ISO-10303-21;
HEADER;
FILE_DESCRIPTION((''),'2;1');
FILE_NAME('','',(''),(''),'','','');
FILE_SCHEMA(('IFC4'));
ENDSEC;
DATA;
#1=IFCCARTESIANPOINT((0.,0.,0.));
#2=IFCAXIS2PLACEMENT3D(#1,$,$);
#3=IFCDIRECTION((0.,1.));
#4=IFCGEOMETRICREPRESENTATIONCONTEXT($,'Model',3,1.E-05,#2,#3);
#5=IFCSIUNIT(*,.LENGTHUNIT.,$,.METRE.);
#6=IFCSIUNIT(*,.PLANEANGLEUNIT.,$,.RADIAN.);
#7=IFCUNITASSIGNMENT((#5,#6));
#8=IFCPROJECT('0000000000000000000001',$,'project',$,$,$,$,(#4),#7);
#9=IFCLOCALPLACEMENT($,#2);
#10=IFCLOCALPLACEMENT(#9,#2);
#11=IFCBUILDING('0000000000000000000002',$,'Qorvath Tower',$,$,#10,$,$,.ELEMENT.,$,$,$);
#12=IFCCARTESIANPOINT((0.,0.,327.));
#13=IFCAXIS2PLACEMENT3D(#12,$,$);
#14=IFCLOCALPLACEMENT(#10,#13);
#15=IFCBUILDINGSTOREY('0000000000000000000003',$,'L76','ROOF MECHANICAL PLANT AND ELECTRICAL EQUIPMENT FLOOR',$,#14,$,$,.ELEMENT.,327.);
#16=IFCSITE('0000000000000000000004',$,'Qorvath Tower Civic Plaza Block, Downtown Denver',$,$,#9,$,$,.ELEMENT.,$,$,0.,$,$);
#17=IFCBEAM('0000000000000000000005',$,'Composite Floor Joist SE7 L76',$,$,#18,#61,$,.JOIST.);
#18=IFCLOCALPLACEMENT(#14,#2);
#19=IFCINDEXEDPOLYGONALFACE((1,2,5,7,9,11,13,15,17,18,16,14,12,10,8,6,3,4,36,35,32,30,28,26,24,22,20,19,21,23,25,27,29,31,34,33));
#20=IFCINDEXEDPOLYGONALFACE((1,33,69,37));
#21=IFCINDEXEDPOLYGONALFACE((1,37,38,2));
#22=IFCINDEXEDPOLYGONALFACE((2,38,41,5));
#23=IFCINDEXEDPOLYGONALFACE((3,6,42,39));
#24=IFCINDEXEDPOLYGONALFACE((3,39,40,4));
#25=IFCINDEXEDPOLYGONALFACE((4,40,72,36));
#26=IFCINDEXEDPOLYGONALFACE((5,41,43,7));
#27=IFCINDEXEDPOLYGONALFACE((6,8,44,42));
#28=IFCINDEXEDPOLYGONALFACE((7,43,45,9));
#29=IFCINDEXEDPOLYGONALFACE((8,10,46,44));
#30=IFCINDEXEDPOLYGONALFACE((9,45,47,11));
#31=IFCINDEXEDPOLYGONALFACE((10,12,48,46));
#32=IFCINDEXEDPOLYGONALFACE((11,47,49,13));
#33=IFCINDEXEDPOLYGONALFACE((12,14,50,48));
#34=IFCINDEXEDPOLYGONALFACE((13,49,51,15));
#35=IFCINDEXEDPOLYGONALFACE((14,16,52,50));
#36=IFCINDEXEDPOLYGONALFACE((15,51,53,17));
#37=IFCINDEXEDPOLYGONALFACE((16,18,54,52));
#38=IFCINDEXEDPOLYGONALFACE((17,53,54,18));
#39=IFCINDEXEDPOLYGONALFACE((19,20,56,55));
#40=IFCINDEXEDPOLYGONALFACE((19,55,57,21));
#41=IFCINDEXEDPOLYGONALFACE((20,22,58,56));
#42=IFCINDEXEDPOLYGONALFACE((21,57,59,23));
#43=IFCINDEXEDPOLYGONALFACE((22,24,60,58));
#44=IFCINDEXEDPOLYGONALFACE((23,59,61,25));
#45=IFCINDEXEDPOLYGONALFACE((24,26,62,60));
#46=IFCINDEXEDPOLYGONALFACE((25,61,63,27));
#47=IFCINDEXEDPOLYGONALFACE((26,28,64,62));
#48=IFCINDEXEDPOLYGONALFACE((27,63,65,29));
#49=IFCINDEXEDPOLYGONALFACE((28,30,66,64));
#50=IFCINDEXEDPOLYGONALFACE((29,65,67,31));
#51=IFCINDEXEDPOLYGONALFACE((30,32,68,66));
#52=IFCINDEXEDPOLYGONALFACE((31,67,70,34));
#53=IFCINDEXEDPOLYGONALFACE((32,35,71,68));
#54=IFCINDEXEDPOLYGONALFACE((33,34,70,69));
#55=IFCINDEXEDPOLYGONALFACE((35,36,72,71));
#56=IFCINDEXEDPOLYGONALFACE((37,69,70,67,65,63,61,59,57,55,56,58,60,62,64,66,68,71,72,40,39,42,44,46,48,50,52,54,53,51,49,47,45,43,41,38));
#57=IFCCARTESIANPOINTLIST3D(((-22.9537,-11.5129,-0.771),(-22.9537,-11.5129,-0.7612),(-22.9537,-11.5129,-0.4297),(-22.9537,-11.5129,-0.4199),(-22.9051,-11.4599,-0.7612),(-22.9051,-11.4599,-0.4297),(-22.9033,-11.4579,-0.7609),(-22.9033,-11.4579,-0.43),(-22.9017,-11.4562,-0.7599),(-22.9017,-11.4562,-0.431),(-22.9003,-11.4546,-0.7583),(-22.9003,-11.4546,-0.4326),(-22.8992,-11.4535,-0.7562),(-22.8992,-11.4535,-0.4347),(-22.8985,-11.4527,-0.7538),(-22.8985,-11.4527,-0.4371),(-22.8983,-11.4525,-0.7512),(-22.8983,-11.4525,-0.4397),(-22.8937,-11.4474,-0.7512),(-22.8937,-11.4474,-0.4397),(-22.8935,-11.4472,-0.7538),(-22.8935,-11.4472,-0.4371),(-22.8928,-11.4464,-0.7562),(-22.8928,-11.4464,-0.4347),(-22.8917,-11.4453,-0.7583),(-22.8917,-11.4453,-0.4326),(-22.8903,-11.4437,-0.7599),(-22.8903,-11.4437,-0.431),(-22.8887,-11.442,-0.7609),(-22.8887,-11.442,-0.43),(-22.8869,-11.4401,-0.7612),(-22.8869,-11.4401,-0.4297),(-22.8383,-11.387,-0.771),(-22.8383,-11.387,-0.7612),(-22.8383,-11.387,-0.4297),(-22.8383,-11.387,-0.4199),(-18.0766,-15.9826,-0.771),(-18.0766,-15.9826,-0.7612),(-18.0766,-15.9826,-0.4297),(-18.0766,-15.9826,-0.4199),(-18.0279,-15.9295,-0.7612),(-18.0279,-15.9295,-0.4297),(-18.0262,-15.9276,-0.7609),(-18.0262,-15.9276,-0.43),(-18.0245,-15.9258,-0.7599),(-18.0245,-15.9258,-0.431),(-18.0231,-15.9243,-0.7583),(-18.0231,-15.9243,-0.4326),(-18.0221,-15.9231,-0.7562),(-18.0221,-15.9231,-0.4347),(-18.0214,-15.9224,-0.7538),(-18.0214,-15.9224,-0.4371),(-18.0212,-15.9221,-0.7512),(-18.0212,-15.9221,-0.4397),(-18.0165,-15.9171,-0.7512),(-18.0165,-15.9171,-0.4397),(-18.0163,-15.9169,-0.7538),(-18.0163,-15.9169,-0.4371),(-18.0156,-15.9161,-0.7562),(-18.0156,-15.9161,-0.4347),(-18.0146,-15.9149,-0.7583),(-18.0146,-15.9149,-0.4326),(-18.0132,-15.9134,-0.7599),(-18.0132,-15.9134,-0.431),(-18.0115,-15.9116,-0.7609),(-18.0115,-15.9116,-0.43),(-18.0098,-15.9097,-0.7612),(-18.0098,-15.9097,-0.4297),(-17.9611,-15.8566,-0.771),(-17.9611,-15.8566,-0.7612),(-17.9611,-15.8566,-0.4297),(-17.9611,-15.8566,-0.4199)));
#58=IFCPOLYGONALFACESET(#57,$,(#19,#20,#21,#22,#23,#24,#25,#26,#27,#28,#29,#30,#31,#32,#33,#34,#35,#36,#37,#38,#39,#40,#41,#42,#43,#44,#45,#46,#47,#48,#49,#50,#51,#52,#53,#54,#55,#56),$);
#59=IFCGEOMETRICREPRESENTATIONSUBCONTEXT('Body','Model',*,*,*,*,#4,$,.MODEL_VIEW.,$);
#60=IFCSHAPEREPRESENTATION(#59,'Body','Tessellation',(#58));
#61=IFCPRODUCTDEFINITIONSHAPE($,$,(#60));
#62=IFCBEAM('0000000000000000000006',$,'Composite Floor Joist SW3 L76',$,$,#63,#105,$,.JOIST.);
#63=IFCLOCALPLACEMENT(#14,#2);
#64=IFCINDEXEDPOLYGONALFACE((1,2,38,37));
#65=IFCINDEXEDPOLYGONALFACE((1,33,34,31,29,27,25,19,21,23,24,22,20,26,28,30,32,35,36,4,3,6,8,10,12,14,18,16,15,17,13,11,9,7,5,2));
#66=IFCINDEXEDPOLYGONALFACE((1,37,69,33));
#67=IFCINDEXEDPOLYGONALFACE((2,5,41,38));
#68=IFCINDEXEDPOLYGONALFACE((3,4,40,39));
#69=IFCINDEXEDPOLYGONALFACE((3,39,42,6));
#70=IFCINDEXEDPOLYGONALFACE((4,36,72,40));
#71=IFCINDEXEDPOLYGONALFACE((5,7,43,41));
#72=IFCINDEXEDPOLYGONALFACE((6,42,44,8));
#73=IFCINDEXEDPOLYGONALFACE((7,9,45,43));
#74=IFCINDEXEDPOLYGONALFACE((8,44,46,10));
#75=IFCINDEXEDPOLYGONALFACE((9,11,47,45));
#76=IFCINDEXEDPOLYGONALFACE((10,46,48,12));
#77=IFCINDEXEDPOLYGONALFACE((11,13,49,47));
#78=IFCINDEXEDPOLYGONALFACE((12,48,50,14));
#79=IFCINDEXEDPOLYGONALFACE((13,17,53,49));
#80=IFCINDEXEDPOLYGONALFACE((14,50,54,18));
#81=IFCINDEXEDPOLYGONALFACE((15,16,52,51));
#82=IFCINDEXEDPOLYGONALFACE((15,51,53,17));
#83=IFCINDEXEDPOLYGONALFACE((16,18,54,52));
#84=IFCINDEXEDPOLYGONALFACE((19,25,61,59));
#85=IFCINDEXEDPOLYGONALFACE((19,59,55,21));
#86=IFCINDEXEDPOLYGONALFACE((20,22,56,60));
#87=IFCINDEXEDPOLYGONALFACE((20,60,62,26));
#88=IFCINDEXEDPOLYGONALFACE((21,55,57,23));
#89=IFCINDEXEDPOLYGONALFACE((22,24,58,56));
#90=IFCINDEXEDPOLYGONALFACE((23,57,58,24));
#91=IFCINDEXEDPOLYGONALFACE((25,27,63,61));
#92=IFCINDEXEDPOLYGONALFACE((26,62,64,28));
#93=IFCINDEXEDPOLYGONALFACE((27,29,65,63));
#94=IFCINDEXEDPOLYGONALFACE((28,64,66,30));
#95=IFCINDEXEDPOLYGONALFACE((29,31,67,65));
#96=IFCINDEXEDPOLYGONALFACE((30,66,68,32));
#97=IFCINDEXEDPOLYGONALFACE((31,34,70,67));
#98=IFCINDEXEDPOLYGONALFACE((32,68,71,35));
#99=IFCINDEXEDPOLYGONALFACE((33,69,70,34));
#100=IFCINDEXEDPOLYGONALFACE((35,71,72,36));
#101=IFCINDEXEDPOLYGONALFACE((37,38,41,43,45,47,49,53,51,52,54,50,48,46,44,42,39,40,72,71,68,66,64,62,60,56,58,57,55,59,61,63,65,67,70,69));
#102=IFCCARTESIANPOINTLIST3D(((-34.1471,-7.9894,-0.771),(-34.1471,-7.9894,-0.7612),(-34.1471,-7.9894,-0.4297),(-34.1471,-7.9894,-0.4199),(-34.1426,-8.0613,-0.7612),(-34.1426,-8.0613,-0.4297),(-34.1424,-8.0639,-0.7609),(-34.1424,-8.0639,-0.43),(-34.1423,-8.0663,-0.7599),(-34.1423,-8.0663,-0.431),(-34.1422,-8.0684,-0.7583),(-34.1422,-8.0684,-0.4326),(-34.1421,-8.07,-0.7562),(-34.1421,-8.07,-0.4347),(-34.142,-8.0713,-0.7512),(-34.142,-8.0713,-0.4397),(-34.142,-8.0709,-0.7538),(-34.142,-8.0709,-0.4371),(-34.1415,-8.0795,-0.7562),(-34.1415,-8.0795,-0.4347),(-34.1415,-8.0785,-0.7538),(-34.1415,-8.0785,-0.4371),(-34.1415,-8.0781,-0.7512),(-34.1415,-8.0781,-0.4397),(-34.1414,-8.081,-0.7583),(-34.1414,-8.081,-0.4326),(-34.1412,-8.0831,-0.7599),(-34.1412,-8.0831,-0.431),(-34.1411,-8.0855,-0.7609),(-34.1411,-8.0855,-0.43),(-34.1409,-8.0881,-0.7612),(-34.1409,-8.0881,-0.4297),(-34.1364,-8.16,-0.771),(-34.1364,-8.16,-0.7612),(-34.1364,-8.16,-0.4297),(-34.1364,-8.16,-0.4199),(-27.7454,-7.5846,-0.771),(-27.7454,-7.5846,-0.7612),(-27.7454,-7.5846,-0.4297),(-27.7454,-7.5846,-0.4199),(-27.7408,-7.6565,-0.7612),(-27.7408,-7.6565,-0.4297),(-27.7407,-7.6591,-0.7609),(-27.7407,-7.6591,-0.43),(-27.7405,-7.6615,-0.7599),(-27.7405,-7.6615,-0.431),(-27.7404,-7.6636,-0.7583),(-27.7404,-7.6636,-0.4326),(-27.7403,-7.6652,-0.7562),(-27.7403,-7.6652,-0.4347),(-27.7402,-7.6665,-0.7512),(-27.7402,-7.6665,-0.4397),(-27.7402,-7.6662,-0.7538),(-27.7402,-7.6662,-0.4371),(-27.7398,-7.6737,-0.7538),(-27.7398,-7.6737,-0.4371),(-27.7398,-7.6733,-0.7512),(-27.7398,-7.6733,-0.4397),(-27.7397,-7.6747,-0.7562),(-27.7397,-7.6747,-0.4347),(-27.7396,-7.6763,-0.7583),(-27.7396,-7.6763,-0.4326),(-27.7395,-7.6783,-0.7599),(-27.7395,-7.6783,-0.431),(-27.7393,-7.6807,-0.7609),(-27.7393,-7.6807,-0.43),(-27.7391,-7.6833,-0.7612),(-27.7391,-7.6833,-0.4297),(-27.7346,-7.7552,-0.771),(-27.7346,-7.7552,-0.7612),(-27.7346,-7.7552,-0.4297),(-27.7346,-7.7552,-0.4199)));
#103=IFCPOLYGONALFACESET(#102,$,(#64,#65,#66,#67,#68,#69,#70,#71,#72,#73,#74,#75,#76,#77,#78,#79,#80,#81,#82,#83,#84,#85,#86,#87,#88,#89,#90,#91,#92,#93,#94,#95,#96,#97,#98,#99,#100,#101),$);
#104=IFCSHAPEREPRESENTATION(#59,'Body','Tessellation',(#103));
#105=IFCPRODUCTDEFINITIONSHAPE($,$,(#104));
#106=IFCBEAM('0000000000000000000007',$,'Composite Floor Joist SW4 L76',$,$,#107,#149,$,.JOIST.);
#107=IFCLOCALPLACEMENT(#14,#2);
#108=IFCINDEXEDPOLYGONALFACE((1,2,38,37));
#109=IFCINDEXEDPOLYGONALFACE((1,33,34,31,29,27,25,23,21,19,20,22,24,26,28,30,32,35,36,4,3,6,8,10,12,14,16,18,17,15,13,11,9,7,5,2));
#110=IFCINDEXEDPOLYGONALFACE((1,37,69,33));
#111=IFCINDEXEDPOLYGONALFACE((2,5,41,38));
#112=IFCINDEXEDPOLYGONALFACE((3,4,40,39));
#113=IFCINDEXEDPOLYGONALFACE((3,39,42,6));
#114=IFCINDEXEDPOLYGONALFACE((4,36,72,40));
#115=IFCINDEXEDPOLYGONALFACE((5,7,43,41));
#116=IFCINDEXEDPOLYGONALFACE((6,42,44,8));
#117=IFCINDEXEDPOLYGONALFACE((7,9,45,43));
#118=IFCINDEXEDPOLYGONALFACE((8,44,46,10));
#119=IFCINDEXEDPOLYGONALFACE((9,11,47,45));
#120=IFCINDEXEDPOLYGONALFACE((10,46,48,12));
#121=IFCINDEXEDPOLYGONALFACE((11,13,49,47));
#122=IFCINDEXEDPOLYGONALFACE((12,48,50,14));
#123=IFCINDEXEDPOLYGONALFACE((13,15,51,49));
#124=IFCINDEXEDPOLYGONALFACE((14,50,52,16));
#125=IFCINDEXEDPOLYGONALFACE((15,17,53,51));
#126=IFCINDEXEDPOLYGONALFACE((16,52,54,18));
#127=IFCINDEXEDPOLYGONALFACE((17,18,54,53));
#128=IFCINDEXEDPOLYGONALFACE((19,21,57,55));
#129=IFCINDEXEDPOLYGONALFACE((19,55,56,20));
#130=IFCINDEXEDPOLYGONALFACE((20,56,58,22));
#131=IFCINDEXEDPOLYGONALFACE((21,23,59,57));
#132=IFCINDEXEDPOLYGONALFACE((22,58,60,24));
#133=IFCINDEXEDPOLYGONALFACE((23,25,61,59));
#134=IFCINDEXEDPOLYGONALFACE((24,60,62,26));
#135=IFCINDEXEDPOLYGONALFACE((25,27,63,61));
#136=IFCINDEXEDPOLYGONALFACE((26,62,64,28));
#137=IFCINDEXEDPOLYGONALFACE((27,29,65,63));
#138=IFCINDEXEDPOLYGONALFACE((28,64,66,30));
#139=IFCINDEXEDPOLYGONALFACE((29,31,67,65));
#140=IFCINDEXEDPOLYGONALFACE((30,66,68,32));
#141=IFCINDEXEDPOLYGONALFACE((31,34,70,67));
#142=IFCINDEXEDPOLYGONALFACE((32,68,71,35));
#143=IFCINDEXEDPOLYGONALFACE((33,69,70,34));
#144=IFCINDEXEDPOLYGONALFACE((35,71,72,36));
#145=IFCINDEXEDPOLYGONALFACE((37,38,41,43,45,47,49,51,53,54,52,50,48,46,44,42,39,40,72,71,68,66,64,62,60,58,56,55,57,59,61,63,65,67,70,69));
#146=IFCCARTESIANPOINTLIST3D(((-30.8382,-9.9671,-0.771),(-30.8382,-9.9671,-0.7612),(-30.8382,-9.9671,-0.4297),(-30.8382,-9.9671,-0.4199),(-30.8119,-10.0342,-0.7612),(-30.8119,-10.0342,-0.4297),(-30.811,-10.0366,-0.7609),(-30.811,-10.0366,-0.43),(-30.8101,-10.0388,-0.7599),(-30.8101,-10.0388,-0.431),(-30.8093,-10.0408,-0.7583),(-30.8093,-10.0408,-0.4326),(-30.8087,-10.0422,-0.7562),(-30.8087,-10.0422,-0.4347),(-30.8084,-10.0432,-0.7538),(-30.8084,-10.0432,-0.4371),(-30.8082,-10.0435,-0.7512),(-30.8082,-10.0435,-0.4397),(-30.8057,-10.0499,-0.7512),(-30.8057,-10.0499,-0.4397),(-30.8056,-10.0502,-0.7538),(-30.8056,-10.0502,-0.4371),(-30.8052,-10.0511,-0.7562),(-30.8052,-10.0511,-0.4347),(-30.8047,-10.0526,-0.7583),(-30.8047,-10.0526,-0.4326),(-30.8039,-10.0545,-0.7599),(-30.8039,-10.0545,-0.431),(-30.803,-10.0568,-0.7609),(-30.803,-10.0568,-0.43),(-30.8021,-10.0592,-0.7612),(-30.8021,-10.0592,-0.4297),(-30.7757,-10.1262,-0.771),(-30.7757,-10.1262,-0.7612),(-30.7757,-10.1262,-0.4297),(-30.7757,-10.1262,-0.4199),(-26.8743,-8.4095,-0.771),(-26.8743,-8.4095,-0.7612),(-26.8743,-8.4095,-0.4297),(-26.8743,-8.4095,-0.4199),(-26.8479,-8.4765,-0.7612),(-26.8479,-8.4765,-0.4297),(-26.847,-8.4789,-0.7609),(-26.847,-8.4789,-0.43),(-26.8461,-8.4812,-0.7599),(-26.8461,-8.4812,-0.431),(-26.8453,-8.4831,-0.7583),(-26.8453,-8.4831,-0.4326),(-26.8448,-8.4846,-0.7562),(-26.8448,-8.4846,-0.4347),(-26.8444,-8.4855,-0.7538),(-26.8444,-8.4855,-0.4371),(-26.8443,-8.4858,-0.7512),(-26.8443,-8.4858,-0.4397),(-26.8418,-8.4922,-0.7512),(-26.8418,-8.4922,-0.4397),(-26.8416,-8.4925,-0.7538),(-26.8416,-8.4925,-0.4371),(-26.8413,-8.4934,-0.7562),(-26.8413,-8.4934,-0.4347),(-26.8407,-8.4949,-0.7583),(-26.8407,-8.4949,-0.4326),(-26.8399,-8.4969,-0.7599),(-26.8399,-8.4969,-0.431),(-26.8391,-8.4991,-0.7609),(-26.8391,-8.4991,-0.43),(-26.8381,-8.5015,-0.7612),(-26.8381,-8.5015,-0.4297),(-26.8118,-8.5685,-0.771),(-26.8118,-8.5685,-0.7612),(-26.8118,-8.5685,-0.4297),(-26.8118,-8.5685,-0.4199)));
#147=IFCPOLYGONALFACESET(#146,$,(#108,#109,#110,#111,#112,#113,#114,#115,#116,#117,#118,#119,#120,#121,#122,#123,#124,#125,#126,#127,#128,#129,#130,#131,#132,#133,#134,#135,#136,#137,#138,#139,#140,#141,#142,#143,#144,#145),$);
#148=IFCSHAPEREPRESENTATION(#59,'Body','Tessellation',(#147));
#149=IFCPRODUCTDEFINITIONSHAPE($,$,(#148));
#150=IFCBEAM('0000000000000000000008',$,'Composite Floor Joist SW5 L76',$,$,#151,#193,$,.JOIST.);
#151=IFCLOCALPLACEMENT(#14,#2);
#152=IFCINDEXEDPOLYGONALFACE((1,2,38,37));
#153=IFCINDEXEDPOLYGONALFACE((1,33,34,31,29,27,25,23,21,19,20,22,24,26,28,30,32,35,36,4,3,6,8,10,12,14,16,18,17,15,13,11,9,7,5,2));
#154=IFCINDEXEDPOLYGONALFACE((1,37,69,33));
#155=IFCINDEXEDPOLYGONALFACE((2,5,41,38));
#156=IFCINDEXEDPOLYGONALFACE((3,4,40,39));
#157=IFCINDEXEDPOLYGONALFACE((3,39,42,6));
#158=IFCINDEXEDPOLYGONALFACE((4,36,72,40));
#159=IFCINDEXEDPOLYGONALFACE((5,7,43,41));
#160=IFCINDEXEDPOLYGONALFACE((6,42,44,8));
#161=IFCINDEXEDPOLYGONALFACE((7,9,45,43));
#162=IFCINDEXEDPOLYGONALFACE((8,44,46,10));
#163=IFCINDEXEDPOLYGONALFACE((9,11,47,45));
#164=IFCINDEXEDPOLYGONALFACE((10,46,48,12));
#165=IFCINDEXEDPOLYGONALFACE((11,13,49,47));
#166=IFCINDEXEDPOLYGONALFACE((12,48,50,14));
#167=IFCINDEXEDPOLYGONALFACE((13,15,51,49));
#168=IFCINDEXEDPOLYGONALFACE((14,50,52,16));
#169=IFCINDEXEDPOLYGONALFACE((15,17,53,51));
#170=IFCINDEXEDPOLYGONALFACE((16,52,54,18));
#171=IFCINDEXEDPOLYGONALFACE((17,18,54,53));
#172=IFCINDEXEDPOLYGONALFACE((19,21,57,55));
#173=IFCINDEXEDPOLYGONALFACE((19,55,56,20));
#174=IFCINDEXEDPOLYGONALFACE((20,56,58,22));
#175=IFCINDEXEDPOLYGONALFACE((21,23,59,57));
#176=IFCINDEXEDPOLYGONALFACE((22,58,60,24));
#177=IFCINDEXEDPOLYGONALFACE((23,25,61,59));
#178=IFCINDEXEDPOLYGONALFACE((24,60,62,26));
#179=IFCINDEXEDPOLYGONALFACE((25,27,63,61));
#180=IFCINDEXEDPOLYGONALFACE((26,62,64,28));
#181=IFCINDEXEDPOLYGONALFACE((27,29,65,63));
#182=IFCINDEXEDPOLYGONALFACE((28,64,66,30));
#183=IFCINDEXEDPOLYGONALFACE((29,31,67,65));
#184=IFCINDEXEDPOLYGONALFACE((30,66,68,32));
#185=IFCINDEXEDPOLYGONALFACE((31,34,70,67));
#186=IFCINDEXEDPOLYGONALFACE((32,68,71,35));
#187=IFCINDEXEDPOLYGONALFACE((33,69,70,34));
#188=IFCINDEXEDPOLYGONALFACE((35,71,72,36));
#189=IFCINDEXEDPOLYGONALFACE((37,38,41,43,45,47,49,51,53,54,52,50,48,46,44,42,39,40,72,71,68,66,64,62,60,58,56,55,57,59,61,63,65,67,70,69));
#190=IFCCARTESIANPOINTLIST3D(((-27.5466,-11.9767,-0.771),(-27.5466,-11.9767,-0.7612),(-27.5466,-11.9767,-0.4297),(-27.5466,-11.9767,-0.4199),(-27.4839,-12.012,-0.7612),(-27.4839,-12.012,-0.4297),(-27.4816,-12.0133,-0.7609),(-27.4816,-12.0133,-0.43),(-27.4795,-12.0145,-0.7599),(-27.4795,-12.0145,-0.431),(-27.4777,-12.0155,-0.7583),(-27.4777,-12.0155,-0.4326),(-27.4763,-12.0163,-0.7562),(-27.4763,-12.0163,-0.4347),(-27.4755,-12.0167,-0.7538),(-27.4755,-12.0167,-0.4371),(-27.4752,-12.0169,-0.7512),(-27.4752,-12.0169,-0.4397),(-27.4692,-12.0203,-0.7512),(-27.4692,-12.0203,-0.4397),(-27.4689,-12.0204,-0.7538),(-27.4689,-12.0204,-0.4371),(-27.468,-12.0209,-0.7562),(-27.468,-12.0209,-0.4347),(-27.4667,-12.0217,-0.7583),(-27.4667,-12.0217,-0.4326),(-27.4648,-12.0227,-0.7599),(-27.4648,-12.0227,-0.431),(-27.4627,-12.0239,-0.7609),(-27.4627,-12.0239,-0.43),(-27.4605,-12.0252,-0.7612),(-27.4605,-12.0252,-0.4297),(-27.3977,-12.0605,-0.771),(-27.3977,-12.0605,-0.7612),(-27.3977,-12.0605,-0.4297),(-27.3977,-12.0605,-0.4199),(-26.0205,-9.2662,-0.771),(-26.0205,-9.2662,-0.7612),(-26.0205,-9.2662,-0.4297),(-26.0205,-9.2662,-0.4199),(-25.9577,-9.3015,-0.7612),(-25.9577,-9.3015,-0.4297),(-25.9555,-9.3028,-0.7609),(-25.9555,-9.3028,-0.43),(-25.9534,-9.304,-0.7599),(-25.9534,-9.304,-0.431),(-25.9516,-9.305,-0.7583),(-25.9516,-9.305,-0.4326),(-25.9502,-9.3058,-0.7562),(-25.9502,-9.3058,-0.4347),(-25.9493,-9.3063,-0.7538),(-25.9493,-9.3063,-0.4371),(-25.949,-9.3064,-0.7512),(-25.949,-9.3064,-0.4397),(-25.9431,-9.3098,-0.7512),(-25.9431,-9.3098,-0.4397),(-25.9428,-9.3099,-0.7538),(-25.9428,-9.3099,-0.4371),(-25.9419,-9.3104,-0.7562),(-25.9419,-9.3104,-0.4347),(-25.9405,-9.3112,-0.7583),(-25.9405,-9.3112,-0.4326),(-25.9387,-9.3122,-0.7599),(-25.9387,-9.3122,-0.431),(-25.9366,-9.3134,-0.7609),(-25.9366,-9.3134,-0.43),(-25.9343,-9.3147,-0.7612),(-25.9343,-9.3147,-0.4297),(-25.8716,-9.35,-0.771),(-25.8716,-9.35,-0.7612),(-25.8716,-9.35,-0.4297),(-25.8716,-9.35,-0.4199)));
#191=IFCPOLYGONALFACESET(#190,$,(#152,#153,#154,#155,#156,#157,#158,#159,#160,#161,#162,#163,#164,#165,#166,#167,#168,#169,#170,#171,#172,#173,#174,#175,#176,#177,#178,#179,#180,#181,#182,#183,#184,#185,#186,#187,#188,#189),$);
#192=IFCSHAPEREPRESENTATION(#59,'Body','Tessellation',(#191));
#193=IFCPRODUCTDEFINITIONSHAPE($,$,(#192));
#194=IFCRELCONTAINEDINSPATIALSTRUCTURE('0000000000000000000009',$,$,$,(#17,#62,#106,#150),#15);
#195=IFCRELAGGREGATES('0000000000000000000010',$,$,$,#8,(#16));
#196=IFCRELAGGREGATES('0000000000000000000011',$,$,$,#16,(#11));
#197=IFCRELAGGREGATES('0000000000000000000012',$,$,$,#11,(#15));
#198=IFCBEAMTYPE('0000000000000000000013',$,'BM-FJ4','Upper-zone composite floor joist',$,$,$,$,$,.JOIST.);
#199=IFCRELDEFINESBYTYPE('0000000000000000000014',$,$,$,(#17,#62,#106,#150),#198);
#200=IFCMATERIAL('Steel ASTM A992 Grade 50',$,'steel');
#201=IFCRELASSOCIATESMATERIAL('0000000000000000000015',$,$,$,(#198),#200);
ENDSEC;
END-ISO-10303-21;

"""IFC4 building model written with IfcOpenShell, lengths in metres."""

from ifc_helpers import new_model, si_unit, direction, frame, origin, origin_2d, place, context, subcontext, project, spatial, i_section, extrude, material, material_profile, profile_set, type_object, element, save


model = new_model("IFC4")

# Units and contexts
model_context = context("Model", 3, precision=1e-05, world=origin(), true_north=direction((0.0, 1.0)))
body_context = subcontext(model_context, "Body", "Model", "MODEL_VIEW")
ifc_project = project(units=[si_unit("LENGTHUNIT", "METRE"), si_unit("PLANEANGLEUNIT", "RADIAN")], contexts=[model_context])

# Site, building, storey
site_placement = place(None, origin())
site = spatial("IfcSite", under=ifc_project, at=site_placement, Name="Qorvath Tower Civic Plaza Block, Downtown Denver", CompositionType="ELEMENT", RefElevation=0.0)
building_placement = place(site_placement, origin())
building = spatial("IfcBuilding", under=site, at=building_placement, Name="Qorvath Tower", CompositionType="ELEMENT")
storey_placement = place(building_placement, frame((0.0, 0.0, 327.0)))
storey = spatial("IfcBuildingStorey", under=building, at=storey_placement, Name="L76", Description="ROOF MECHANICAL PLANT AND ELECTRICAL EQUIPMENT FLOOR", CompositionType="ELEMENT", Elevation=327.0)

# Beams
ifc_material_1 = material(Name="Steel ASTM A992 Grade 50", Category="steel")
ifc_material_profile_1 = material_profile(ifc_material_1, i_section(OverallWidth=0.1709, OverallDepth=0.3511, WebThickness=0.0068, FlangeThickness=0.0098, FilletRadius=0.01, at=origin_2d()), Name="W14x30")
ifc_profile_set_1 = profile_set([ifc_material_profile_1], Name="Steel ASTM A992 Grade 50")
beam_type_1 = type_object("IfcBeamType", Name="BM-FJ4", Description="Upper-zone composite floor joist", PredefinedType="JOIST", material=ifc_profile_set_1)
beam_1_placement = place(storey_placement, frame((-22.896, -11.45, -0.5955), z_axis=(0.737232, -0.675639, 0.0), x_axis=(0.675639, 0.737232, 0.0)))
element("IfcBeam", 1, at=beam_1_placement, inside=storey, type_object=beam_type_1, Name="Composite Floor Joist SE7 L76", PredefinedType="JOIST", context=body_context, shape_type="SweptSolid", body=[
    extrude(i_section(OverallWidth=0.1709, OverallDepth=0.3511, WebThickness=0.0068, FlangeThickness=0.0098, FilletRadius=0.01, at=origin_2d()), origin(), (0.0, 0.0, 1.0), 6.6155),
])
beam_2_placement = place(storey_placement, frame((-27.74, -7.6699, -0.5955), z_axis=(-0.998007, -0.063103, 0.0), x_axis=(0.063103, -0.998007, 0.0)))
element("IfcBeam", 2, at=beam_2_placement, inside=storey, type_object=beam_type_1, Name="Composite Floor Joist SW3 L76", PredefinedType="JOIST", context=body_context, shape_type="SweptSolid", body=[
    extrude(i_section(OverallWidth=0.1709, OverallDepth=0.3511, WebThickness=0.0068, FlangeThickness=0.0098, FilletRadius=0.01, at=origin_2d()), origin(), (0.0, 0.0, 1.0), 6.4146),
])
beam_3_placement = place(storey_placement, frame((-26.843, -8.489, -0.5955), z_axis=(-0.930721, -0.36573, 0.0), x_axis=(0.36573, -0.930721, 0.0)))
element("IfcBeam", 3, at=beam_3_placement, inside=storey, type_object=beam_type_1, Name="Composite Floor Joist SW4 L76", PredefinedType="JOIST", context=body_context, shape_type="SweptSolid", body=[
    extrude(i_section(OverallWidth=0.1709, OverallDepth=0.3511, WebThickness=0.0068, FlangeThickness=0.0098, FilletRadius=0.01, at=origin_2d()), origin(), (0.0, 0.0, 1.0), 4.259),
])
beam_4_placement = place(storey_placement, frame((-25.946, -9.3081, -0.5955), z_axis=(-0.490626, -0.87137, 0.0), x_axis=(0.87137, -0.490626, 0.0)))
element("IfcBeam", 4, at=beam_4_placement, inside=storey, type_object=beam_type_1, Name="Composite Floor Joist SW5 L76", PredefinedType="JOIST", context=body_context, shape_type="SweptSolid", body=[
    extrude(i_section(OverallWidth=0.1709, OverallDepth=0.3511, WebThickness=0.0068, FlangeThickness=0.0098, FilletRadius=0.01, at=origin_2d()), origin(), (0.0, 0.0, 1.0), 3.1106),
])

save(model, "model.ifc")
